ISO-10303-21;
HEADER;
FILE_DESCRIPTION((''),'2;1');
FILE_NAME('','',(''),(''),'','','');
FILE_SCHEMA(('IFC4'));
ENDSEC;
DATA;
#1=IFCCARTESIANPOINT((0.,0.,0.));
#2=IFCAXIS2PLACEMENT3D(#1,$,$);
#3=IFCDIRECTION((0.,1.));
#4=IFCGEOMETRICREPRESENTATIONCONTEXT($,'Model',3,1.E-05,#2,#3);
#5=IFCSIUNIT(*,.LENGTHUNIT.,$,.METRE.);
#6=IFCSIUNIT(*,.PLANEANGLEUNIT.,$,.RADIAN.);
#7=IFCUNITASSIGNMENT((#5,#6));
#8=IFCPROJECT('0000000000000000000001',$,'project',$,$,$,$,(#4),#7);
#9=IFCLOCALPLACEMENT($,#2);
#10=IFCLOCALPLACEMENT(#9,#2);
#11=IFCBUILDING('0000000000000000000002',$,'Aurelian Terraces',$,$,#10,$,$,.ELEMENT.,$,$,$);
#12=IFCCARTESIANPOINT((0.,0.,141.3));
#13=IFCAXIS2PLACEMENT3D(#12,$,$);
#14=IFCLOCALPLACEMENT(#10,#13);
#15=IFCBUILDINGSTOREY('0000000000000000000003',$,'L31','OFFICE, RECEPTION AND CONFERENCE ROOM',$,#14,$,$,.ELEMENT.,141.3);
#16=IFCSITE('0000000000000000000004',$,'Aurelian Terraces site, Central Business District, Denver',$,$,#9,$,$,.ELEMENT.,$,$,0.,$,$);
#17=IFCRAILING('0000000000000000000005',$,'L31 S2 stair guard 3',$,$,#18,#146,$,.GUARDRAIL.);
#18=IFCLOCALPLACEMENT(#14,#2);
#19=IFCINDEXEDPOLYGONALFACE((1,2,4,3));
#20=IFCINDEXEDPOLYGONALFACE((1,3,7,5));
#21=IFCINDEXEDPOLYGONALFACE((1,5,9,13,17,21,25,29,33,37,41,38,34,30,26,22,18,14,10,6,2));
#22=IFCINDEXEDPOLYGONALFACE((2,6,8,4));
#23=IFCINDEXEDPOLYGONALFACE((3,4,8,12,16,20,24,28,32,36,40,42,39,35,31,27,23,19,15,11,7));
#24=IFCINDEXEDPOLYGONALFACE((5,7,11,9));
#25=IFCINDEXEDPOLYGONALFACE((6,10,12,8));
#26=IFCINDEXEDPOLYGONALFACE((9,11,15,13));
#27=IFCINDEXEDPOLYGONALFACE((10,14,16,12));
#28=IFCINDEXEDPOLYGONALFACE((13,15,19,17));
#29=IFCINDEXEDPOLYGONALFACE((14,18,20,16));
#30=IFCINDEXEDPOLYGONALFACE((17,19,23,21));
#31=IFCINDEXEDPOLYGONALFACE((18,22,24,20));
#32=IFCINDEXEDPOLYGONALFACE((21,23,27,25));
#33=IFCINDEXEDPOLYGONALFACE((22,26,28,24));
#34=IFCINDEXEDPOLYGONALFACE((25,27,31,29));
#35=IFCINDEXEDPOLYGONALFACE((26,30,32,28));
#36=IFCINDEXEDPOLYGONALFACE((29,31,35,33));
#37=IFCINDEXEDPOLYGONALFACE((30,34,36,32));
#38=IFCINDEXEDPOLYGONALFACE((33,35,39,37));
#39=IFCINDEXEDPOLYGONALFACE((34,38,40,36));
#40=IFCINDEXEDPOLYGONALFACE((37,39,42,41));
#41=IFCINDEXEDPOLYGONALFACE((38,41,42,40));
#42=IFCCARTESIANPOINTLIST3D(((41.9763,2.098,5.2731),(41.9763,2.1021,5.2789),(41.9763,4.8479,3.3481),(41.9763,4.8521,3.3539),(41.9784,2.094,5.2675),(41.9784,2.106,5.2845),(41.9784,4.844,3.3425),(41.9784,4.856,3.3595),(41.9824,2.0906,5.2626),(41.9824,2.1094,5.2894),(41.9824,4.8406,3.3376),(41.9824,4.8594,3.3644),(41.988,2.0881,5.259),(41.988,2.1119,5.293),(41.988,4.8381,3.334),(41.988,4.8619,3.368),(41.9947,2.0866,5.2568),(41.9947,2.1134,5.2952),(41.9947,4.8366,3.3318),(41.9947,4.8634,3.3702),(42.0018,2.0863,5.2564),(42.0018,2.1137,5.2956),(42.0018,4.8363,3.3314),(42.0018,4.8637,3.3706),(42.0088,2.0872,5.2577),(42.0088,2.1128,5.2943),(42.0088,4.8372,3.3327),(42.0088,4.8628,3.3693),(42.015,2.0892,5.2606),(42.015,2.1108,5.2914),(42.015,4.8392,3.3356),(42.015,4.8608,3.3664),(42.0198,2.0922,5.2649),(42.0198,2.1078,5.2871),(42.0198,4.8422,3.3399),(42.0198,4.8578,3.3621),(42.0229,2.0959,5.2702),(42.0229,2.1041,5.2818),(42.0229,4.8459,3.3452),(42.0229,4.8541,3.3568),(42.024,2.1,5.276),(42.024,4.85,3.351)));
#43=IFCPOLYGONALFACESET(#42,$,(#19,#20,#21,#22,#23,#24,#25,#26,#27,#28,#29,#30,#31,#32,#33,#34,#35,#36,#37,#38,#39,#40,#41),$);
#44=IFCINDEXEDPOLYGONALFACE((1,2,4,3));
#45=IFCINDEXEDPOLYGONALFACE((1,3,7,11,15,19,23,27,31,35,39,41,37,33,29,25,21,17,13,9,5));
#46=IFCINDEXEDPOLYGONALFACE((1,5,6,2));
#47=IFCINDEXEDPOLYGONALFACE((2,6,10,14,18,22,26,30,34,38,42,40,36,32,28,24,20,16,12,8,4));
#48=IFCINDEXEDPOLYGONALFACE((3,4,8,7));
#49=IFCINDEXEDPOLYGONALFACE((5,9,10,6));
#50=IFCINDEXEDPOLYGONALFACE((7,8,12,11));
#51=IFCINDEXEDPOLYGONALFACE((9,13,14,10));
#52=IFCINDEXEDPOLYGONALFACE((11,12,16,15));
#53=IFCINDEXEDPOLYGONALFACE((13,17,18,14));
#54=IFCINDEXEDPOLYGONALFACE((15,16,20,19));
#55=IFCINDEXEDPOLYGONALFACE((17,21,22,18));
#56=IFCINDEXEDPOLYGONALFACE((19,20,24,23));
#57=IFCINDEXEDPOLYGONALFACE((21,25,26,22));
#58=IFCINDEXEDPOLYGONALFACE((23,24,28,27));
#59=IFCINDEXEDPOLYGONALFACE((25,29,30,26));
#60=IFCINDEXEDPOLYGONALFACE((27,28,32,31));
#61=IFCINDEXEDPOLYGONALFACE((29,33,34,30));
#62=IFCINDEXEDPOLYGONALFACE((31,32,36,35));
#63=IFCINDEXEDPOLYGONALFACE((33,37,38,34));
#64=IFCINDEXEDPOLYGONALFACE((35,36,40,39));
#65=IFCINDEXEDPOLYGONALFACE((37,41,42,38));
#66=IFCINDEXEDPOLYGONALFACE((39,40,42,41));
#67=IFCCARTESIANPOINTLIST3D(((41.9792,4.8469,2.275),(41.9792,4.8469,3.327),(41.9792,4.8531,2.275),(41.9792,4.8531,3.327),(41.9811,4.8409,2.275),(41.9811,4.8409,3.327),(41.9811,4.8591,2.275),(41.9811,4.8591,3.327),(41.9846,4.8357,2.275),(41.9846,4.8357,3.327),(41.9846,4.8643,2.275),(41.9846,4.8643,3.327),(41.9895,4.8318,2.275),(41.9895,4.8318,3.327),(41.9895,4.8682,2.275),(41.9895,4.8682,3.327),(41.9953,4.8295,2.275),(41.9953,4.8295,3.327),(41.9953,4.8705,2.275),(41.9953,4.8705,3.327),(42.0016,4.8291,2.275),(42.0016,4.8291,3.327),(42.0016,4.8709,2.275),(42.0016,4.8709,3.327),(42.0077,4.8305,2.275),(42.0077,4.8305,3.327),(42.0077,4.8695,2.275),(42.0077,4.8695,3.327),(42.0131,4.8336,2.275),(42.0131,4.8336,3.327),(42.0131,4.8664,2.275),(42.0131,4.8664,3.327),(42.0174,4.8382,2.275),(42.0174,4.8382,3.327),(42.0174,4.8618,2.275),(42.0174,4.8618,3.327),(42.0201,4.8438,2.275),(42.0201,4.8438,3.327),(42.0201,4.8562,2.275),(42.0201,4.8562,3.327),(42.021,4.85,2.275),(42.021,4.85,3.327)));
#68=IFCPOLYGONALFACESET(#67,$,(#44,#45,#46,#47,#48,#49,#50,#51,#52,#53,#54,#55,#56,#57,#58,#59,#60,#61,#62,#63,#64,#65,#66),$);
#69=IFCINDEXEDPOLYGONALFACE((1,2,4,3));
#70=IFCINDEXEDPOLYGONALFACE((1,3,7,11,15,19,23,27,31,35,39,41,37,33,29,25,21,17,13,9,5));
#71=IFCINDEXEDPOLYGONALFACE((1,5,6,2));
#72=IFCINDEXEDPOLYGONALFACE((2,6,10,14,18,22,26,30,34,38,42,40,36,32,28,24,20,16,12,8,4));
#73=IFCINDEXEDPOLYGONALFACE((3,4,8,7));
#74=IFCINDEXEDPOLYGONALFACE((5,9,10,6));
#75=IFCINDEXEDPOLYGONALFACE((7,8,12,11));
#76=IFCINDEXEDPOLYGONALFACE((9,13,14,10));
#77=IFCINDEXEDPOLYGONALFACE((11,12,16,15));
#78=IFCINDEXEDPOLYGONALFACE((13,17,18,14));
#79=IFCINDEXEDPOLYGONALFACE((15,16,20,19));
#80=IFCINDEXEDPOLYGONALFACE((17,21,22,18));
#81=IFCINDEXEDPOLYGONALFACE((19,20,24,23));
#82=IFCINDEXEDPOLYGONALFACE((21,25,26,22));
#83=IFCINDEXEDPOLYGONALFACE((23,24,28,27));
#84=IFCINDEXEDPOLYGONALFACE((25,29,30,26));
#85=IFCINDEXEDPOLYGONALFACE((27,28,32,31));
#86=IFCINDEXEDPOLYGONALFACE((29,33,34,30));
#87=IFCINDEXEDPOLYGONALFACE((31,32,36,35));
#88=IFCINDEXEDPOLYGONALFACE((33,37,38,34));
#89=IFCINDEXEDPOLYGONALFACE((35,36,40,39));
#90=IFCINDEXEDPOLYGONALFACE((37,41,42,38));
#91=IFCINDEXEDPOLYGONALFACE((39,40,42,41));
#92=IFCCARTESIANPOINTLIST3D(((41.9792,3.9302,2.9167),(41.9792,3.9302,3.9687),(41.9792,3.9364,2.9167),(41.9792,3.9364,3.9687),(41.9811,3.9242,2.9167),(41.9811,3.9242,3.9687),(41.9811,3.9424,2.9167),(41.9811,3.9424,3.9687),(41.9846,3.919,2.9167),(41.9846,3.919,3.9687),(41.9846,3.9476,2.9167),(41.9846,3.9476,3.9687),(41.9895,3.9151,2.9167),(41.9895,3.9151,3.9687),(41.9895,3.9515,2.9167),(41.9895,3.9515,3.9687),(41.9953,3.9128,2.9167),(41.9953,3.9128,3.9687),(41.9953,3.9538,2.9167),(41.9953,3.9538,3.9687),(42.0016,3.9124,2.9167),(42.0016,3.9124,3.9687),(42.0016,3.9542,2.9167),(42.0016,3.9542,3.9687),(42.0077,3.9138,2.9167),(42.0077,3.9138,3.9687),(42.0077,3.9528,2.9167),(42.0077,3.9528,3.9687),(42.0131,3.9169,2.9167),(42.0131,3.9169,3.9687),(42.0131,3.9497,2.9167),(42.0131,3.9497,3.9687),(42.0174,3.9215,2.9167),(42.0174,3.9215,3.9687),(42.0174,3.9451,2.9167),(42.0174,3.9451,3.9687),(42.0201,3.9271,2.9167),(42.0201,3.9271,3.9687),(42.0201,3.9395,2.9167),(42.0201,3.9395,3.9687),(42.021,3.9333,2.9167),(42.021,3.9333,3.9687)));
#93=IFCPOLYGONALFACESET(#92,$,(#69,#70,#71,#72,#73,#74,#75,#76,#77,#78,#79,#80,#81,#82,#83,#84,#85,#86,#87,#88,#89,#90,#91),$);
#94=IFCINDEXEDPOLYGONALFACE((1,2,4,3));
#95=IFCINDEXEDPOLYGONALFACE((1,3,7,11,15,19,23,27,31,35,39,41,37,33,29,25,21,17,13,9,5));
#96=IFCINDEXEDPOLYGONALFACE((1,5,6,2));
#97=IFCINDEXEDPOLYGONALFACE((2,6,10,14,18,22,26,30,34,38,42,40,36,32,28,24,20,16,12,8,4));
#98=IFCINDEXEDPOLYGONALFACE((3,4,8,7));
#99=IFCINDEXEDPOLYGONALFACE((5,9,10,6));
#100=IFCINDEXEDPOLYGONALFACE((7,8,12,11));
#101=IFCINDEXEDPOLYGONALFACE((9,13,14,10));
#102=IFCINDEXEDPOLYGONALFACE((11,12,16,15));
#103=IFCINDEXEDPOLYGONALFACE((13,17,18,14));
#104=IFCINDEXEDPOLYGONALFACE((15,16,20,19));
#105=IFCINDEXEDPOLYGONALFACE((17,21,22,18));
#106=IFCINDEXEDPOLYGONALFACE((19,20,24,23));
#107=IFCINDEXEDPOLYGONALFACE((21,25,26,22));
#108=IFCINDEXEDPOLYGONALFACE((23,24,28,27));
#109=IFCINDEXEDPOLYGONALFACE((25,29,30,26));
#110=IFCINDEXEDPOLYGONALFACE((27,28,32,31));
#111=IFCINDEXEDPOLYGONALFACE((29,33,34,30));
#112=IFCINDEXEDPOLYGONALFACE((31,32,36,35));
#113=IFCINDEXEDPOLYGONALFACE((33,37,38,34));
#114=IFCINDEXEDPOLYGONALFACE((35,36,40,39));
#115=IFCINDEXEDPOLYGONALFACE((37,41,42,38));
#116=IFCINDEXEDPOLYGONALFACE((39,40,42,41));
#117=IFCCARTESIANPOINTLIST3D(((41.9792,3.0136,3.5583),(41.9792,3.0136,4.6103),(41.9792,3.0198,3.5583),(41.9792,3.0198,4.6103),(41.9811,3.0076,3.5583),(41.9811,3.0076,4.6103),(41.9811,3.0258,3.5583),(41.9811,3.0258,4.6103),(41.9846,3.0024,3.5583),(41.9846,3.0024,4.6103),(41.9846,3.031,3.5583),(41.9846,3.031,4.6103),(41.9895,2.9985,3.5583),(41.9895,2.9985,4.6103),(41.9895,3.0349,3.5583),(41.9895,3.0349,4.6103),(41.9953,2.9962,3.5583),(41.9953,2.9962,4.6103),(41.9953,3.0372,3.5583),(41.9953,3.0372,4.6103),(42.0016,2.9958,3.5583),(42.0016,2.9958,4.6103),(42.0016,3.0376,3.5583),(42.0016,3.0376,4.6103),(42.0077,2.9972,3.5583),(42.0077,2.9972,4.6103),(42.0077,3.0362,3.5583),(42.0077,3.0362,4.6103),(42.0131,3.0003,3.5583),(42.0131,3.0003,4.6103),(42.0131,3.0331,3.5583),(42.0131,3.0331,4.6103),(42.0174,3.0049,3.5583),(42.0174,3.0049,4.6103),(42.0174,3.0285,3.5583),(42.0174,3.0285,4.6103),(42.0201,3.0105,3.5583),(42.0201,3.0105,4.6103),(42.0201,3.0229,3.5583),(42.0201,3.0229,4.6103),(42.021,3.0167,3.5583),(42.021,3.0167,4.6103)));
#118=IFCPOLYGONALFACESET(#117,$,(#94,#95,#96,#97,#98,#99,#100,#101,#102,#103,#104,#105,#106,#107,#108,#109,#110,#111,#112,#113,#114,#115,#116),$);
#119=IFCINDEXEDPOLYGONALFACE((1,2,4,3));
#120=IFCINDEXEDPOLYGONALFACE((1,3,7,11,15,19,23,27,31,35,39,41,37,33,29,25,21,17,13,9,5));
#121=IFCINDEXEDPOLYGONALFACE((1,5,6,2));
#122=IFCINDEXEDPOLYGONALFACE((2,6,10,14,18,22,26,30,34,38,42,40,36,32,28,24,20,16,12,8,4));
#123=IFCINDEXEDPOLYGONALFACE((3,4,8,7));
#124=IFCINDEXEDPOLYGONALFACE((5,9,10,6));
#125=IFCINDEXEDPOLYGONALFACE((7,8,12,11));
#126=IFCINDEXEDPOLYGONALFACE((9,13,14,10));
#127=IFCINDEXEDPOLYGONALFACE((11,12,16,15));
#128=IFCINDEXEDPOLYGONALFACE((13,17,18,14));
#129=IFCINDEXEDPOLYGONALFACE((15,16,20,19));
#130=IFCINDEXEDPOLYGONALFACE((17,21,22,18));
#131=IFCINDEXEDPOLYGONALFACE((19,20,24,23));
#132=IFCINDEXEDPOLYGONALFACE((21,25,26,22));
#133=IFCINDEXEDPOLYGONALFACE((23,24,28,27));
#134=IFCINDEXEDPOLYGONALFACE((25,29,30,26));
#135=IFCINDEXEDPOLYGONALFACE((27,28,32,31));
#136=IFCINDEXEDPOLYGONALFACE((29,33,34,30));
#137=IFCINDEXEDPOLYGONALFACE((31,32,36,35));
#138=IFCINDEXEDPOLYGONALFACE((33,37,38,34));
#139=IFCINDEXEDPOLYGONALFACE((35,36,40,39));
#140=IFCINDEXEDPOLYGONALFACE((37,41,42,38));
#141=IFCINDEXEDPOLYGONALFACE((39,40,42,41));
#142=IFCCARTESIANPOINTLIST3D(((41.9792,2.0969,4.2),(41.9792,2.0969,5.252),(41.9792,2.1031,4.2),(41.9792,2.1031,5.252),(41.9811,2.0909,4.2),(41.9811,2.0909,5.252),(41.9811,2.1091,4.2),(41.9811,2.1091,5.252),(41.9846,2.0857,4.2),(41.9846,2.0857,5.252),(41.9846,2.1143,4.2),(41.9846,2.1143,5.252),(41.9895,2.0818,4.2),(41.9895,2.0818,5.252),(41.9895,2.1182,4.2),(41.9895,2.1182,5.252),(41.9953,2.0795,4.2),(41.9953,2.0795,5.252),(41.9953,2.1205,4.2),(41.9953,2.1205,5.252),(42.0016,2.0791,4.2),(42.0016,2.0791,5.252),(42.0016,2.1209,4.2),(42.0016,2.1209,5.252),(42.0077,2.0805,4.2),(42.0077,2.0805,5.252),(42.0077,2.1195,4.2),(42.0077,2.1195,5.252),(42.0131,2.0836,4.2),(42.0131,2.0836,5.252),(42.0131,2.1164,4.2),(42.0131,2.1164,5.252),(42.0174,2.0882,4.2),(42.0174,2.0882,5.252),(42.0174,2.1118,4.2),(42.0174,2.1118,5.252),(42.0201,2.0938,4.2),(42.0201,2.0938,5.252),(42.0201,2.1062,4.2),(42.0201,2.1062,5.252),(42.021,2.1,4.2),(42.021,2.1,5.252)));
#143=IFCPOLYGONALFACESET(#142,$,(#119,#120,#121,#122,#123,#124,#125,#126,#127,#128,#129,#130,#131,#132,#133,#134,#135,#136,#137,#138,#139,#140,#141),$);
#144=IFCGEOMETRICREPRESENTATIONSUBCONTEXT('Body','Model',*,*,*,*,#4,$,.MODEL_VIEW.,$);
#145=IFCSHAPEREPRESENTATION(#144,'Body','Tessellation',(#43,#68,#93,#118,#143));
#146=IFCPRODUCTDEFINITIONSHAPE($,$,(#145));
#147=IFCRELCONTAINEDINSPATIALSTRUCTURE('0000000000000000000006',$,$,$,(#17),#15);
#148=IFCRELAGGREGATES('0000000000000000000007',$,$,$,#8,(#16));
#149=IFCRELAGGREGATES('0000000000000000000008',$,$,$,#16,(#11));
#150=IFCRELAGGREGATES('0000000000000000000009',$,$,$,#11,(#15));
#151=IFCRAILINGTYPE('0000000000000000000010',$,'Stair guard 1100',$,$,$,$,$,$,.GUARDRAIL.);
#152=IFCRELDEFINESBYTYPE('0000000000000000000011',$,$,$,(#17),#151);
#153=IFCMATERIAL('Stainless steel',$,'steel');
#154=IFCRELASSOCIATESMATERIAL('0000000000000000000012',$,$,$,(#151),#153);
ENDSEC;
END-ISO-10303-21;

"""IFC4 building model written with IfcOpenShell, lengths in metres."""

from ifc_helpers import new_model, si_unit, direction, frame, origin, origin_2d, place, context, subcontext, project, spatial, circle, extrude, source, transform, mapped, material, type_object, element, save


model = new_model("IFC4")

# Units and contexts
model_context = context("Model", 3, precision=1e-05, world=origin(), true_north=direction((0.0, 1.0)))
body_context = subcontext(model_context, "Body", "Model", "MODEL_VIEW")
ifc_project = project(units=[si_unit("LENGTHUNIT", "METRE"), si_unit("PLANEANGLEUNIT", "RADIAN")], contexts=[model_context])

# Site, building, storey
site_placement = place(None, origin())
site = spatial("IfcSite", under=ifc_project, at=site_placement, Name="Aurelian Terraces site, Central Business District, Denver", CompositionType="ELEMENT", RefElevation=0.0)
building_placement = place(site_placement, origin())
building = spatial("IfcBuilding", under=site, at=building_placement, Name="Aurelian Terraces", CompositionType="ELEMENT")
storey_placement = place(building_placement, frame((0.0, 0.0, 141.3)))
storey = spatial("IfcBuildingStorey", under=building, at=storey_placement, Name="L31", Description="OFFICE, RECEPTION AND CONFERENCE ROOM", CompositionType="ELEMENT", Elevation=141.3)

# Railing
ifc_material_1 = material(Name="Stainless steel", Category="steel")
railing_type_1 = type_object("IfcRailingType", Name="Stair guard 1100", PredefinedType="GUARDRAIL", material=ifc_material_1)
shared_shape_1 = source(origin(), body_context, "Body", "SweptSolid", [
    extrude(circle(Radius=0.024, at=origin_2d()), frame((0.0, 0.0, 1.076), z_axis=(0.0, -0.819232, 0.573462), x_axis=(1.0, 0.0, 0.0)), (0.0, 0.0, 1.0), 3.3568),
    extrude(circle(Radius=0.021, at=origin_2d()), origin(), (0.0, 0.0, 1.0), 1.052),
    extrude(circle(Radius=0.021, at=origin_2d()), frame((0.0, -0.9167, 0.6417)), (0.0, 0.0, 1.0), 1.052),
    extrude(circle(Radius=0.021, at=origin_2d()), frame((0.0, -1.8333, 1.2833)), (0.0, 0.0, 1.0), 1.052),
    extrude(circle(Radius=0.021, at=origin_2d()), frame((0.0, -2.75, 1.925)), (0.0, 0.0, 1.0), 1.052),
])
railing_1_placement = place(storey_placement, frame((42.0, 4.85, 2.275)))
element("IfcRailing", 1, at=railing_1_placement, inside=storey, type_object=railing_type_1, Name="L31 S2 stair guard 3", PredefinedType="GUARDRAIL", context=body_context, shape_type="MappedRepresentation", body=[
    mapped(shared_shape_1, transform((0.0, 0.0, 0.0), scale=1.0)),
])

save(model, "model.ifc")
